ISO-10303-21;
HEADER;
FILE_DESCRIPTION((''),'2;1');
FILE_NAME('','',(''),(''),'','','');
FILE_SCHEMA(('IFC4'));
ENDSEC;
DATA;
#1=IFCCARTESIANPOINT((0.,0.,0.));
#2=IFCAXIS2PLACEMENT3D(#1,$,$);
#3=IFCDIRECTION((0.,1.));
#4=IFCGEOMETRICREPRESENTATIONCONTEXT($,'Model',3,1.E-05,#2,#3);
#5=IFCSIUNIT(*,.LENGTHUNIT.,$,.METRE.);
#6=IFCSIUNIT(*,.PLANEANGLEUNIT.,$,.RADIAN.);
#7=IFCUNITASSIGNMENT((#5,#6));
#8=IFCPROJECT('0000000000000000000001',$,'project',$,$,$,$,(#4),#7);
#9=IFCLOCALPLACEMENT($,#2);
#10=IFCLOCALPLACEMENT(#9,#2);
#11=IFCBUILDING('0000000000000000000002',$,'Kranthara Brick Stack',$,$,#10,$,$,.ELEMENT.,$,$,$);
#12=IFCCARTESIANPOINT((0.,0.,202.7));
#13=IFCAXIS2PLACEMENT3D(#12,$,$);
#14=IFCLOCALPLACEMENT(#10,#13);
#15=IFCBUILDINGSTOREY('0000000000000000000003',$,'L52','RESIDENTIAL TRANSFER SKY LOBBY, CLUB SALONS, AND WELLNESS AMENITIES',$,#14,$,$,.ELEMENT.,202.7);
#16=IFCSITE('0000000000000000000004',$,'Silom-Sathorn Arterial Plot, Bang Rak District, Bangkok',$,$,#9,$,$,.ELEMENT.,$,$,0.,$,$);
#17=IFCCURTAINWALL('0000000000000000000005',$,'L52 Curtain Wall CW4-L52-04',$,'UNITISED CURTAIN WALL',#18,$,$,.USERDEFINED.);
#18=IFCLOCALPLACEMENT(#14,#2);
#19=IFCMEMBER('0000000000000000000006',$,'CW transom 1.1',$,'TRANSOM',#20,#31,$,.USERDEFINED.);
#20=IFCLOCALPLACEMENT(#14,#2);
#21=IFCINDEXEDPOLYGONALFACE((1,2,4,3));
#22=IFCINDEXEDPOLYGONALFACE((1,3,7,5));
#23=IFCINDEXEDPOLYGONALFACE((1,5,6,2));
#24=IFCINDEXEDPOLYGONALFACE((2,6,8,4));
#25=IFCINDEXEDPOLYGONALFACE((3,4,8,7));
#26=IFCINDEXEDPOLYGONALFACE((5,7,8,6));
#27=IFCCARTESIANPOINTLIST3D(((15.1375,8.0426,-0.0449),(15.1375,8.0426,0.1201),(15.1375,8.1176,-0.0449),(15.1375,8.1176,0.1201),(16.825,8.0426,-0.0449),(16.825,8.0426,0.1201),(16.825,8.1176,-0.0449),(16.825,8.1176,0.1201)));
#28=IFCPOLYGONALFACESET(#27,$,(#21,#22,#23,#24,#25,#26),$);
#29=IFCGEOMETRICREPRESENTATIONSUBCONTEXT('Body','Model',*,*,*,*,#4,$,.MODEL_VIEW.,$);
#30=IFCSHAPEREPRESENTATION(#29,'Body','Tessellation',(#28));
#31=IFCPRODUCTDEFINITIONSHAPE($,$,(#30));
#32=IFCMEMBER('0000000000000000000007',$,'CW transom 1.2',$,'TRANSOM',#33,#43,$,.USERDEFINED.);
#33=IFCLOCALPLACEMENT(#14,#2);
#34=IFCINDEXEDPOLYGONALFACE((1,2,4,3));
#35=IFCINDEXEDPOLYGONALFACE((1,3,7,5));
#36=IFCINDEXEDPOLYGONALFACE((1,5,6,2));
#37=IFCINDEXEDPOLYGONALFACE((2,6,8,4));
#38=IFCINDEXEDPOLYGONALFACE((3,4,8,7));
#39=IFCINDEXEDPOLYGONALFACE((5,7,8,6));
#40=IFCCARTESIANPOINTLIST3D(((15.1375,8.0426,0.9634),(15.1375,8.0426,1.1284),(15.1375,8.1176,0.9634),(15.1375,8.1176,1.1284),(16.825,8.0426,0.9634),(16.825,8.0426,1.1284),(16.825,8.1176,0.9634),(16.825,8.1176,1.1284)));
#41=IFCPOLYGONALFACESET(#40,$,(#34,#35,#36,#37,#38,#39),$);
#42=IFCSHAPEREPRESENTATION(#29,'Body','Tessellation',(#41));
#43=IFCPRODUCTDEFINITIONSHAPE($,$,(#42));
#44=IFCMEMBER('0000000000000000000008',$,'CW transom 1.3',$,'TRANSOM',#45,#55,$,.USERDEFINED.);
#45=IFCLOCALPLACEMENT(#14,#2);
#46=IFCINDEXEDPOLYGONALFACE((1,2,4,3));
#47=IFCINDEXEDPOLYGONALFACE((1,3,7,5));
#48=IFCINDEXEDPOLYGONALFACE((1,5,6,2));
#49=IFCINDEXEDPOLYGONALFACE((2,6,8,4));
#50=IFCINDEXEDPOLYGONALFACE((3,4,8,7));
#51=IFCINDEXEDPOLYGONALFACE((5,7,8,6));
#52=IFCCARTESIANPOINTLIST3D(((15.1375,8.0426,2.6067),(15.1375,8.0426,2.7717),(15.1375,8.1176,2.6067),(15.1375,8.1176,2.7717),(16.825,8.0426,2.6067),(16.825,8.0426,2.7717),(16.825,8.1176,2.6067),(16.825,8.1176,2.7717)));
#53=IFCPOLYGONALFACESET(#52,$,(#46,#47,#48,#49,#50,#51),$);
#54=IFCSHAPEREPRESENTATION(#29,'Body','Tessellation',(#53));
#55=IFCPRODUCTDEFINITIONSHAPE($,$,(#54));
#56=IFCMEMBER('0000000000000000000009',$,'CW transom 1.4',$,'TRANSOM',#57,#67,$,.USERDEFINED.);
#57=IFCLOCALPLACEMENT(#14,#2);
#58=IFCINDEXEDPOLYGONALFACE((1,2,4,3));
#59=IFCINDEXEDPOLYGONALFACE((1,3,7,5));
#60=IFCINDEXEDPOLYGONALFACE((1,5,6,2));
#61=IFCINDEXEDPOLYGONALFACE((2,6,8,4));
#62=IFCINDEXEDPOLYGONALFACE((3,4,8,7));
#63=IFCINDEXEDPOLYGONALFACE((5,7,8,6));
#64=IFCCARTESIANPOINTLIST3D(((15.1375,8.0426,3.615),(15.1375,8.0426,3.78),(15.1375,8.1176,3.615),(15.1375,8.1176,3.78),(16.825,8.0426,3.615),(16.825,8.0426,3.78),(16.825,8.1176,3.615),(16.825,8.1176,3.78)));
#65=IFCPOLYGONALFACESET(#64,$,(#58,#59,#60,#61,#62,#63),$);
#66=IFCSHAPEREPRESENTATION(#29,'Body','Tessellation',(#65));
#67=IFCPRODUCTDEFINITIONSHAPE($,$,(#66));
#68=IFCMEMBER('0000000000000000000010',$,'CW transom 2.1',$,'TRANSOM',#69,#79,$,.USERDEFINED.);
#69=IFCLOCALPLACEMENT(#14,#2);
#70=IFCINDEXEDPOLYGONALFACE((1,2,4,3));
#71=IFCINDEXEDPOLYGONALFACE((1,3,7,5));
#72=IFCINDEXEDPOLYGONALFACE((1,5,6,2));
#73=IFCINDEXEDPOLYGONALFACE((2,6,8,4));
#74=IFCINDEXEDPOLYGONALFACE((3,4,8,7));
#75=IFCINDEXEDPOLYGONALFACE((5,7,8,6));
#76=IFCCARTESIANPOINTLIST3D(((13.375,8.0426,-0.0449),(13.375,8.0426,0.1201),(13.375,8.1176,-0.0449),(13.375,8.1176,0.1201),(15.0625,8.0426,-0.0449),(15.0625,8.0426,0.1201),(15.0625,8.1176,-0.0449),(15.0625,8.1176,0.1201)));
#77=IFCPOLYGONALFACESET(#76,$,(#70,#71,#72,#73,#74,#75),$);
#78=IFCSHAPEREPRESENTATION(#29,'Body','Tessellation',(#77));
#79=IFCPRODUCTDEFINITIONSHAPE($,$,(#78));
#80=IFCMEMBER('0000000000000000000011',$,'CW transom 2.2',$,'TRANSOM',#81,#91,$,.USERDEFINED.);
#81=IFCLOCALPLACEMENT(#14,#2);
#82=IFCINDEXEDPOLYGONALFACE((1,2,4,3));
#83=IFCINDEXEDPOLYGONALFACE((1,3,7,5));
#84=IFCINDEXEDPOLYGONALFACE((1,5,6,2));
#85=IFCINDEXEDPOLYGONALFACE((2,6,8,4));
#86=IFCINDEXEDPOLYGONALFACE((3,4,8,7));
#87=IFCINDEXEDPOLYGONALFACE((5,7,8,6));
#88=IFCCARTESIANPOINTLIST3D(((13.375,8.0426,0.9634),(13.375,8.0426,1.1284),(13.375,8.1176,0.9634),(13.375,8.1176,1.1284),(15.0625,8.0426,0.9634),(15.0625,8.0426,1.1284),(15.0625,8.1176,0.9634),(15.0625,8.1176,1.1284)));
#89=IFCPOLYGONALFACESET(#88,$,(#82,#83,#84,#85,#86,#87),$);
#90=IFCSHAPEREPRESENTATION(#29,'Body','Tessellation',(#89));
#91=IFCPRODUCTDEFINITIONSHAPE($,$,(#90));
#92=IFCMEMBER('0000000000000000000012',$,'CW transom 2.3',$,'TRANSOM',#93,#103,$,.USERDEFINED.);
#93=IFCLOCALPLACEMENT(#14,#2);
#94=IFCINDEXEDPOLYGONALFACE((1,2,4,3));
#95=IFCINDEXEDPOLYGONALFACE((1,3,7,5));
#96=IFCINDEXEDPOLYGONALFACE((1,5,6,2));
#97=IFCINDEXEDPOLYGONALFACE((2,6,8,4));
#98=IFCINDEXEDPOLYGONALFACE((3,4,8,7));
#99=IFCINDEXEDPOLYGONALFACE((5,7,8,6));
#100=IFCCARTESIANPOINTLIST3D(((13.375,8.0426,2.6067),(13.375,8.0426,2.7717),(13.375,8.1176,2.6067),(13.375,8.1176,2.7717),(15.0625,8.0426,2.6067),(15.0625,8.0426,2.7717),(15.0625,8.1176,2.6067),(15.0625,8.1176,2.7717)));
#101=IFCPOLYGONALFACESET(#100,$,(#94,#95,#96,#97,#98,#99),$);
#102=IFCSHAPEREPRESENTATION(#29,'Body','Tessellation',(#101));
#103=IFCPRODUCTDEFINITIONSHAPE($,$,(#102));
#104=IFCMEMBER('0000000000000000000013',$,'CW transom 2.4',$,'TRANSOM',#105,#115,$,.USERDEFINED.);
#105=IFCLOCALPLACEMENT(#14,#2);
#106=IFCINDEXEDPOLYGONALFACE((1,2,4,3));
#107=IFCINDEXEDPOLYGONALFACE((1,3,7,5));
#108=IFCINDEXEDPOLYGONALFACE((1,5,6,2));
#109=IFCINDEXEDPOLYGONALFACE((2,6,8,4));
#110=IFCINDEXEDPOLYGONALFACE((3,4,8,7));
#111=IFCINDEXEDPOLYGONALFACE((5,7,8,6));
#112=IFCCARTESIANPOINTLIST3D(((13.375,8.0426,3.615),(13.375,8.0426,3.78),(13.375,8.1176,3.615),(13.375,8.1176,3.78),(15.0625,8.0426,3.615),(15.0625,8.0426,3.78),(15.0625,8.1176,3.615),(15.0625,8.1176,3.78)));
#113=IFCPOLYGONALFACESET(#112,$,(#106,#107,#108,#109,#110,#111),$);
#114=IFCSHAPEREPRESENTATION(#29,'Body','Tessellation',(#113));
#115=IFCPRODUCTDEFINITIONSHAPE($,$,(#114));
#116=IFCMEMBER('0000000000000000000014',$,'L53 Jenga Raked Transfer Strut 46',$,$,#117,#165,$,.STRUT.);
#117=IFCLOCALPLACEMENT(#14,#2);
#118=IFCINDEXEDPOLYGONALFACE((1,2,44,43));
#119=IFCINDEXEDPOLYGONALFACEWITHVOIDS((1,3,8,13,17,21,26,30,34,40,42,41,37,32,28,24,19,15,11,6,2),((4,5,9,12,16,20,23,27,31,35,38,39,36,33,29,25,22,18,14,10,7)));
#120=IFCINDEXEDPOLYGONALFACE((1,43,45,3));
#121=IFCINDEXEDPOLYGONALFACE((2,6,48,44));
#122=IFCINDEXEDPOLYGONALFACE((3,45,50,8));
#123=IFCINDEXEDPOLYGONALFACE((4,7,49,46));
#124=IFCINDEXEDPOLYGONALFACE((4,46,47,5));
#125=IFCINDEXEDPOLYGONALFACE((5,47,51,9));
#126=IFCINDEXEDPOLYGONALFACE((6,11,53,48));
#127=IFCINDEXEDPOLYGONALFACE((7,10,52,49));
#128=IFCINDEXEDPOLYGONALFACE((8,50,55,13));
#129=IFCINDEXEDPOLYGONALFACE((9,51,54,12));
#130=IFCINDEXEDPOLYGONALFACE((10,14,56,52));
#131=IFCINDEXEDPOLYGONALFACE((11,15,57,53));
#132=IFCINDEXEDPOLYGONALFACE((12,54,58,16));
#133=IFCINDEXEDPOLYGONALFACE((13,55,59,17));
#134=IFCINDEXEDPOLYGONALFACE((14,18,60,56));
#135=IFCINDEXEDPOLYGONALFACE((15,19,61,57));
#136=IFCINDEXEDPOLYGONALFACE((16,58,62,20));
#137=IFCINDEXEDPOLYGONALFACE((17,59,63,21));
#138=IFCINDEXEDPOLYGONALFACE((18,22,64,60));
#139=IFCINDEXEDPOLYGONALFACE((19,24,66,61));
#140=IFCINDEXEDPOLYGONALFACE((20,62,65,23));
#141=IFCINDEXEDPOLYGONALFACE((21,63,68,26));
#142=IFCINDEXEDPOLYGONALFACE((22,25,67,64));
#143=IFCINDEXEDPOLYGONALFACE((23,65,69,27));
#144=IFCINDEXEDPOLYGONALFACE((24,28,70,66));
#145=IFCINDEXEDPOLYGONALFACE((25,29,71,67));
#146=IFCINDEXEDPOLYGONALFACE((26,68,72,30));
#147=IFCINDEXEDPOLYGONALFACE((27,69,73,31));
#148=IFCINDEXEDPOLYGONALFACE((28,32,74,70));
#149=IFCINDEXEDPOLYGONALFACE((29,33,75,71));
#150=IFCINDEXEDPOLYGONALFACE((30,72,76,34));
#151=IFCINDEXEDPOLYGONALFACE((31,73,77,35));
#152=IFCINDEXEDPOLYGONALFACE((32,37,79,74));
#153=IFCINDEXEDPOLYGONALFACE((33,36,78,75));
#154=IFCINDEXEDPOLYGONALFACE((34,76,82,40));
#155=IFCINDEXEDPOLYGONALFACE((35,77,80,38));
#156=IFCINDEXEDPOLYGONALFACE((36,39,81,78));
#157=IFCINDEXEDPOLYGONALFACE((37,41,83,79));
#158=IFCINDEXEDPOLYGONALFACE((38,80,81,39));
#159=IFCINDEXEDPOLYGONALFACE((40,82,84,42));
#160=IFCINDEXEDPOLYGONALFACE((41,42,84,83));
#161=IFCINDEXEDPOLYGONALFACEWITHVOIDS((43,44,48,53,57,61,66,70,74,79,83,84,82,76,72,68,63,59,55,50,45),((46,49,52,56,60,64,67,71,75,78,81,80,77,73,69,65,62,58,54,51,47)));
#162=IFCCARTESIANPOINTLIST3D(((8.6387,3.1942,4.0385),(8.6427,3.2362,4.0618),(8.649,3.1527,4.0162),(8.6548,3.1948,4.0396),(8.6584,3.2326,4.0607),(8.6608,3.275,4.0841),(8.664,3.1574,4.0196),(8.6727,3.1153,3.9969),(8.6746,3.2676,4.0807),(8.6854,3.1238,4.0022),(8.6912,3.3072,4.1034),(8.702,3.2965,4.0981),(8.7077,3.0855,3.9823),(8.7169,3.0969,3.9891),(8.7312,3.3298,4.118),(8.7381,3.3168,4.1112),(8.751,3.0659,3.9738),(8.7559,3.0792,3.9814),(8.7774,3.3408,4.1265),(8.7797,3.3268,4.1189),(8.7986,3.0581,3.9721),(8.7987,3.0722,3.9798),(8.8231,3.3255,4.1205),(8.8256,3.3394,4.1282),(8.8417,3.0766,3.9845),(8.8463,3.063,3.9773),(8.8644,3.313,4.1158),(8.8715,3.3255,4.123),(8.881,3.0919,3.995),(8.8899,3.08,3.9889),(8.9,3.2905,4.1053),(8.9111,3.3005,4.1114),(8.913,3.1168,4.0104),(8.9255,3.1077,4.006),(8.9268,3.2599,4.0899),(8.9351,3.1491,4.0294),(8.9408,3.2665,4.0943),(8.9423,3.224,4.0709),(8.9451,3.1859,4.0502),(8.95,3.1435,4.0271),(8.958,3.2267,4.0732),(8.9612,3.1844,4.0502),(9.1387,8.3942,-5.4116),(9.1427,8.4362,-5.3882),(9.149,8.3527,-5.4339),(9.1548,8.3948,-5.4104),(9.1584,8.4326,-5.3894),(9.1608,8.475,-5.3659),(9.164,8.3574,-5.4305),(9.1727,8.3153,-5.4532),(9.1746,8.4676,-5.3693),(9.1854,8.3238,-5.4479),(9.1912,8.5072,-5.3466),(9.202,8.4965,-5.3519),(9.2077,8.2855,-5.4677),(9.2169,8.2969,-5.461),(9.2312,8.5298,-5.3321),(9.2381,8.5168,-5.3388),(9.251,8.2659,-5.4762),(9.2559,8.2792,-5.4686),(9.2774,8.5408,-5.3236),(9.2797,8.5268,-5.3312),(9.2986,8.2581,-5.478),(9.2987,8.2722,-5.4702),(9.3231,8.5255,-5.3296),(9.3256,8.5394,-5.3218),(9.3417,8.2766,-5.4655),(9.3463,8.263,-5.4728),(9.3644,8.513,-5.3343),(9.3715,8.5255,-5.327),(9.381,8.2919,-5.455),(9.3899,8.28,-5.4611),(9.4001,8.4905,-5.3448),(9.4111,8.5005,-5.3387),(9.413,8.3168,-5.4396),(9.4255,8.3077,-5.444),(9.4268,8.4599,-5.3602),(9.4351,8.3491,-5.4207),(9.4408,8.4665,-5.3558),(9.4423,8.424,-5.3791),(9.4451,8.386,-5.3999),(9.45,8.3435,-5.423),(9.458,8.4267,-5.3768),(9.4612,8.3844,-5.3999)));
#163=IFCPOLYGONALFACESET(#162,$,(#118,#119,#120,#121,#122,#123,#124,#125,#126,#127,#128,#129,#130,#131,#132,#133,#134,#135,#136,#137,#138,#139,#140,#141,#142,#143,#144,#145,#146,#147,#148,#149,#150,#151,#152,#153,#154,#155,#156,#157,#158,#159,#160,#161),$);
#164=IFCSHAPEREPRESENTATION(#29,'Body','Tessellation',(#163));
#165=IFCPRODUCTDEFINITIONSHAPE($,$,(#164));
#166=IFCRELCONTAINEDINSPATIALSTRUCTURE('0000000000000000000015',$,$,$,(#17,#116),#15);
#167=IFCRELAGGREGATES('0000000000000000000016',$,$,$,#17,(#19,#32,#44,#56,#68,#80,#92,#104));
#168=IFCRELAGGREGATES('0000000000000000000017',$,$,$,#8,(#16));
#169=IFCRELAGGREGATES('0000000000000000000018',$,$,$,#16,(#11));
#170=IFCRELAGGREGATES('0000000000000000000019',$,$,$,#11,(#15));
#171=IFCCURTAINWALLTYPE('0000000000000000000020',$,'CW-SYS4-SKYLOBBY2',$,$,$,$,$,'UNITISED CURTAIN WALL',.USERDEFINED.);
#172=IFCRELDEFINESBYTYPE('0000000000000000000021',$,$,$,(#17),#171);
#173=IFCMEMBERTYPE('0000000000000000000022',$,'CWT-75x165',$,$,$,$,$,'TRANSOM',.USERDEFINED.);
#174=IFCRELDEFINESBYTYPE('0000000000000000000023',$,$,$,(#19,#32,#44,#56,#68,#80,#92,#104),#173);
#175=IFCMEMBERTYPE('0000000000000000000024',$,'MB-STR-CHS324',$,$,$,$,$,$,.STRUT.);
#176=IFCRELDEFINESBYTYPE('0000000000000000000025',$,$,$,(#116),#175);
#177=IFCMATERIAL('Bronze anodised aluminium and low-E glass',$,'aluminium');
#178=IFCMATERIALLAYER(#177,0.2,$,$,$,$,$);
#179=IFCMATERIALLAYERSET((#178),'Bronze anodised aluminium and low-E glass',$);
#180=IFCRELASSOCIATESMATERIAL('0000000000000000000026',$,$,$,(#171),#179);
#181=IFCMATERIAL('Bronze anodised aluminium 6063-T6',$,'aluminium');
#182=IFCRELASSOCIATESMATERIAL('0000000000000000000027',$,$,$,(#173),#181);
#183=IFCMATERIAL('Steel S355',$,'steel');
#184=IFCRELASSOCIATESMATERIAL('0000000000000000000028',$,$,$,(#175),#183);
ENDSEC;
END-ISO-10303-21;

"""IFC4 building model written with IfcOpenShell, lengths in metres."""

from ifc_helpers import new_model, si_unit, direction, frame, origin, origin_2d, place, context, subcontext, project, spatial, rectangle, hollow_circle, extrude, material, layer, layer_set, material_profile, profile_set, type_object, element, aggregate, save


model = new_model("IFC4")

# Units and contexts
model_context = context("Model", 3, precision=1e-05, world=origin(), true_north=direction((0.0, 1.0)))
body_context = subcontext(model_context, "Body", "Model", "MODEL_VIEW")
ifc_project = project(units=[si_unit("LENGTHUNIT", "METRE"), si_unit("PLANEANGLEUNIT", "RADIAN")], contexts=[model_context])

# Site, building, storey
site_placement = place(None, origin())
site = spatial("IfcSite", under=ifc_project, at=site_placement, Name="Silom-Sathorn Arterial Plot, Bang Rak District, Bangkok", CompositionType="ELEMENT", RefElevation=0.0)
building_placement = place(site_placement, origin())
building = spatial("IfcBuilding", under=site, at=building_placement, Name="Kranthara Brick Stack", CompositionType="ELEMENT")
storey_placement = place(building_placement, frame((0.0, 0.0, 202.7)))
storey = spatial("IfcBuildingStorey", under=building, at=storey_placement, Name="L52", Description="RESIDENTIAL TRANSFER SKY LOBBY, CLUB SALONS, AND WELLNESS AMENITIES", CompositionType="ELEMENT", Elevation=202.7)

# Shared definitions
ifc_material_1 = material(Name="Bronze anodised aluminium and low-E glass", Category="aluminium")
ifc_layer_1 = layer(ifc_material_1, 0.2)
ifc_layer_set_1 = layer_set([ifc_layer_1], Name="Bronze anodised aluminium and low-E glass")
curtain_wall_type = type_object("IfcCurtainWallType", Name="CW-SYS4-SKYLOBBY2", ElementType="UNITISED CURTAIN WALL", PredefinedType="USERDEFINED", material=ifc_layer_set_1)

# Curtain wall
curtain_wall_1_placement = place(storey_placement, origin())
curtain_wall_1 = element("IfcCurtainWall", 1, at=curtain_wall_1_placement, inside=storey, type_object=curtain_wall_type, Name="L52 Curtain Wall CW4-L52-04", ObjectType="UNITISED CURTAIN WALL", PredefinedType="USERDEFINED")

# Members
ifc_material_2 = material(Name="Bronze anodised aluminium 6063-T6", Category="aluminium")
ifc_material_profile_1 = material_profile(ifc_material_2, rectangle(XDim=0.075, YDim=0.165, at=origin_2d()), Name="ALU TRANSOM 75x165")
ifc_profile_set_1 = profile_set([ifc_material_profile_1], Name="Bronze anodised aluminium 6063-T6")
member_type_1 = type_object("IfcMemberType", Name="CWT-75x165", ElementType="TRANSOM", PredefinedType="USERDEFINED", material=ifc_profile_set_1)
member_1_placement = place(storey_placement, frame((16.825, 8.0801, 0.0376), z_axis=(-1.0, 0.0, 0.0), x_axis=(0.0, -1.0, 0.0)))
member_1 = element("IfcMember", 2, at=member_1_placement, type_object=member_type_1, Name="CW transom 1.1", ObjectType="TRANSOM", PredefinedType="USERDEFINED", context=body_context, shape_type="SweptSolid", body=[
    extrude(rectangle(XDim=0.075, YDim=0.165, at=origin_2d()), origin(), (0.0, 0.0, 1.0), 1.6875),
])
member_2_placement = place(storey_placement, frame((16.825, 8.0801, 1.0459), z_axis=(-1.0, 0.0, 0.0), x_axis=(0.0, -1.0, 0.0)))
member_2 = element("IfcMember", 3, at=member_2_placement, type_object=member_type_1, Name="CW transom 1.2", ObjectType="TRANSOM", PredefinedType="USERDEFINED", context=body_context, shape_type="SweptSolid", body=[
    extrude(rectangle(XDim=0.075, YDim=0.165, at=origin_2d()), origin(), (0.0, 0.0, 1.0), 1.6875),
])
member_3_placement = place(storey_placement, frame((16.825, 8.0801, 2.6892), z_axis=(-1.0, 0.0, 0.0), x_axis=(0.0, -1.0, 0.0)))
member_3 = element("IfcMember", 4, at=member_3_placement, type_object=member_type_1, Name="CW transom 1.3", ObjectType="TRANSOM", PredefinedType="USERDEFINED", context=body_context, shape_type="SweptSolid", body=[
    extrude(rectangle(XDim=0.075, YDim=0.165, at=origin_2d()), origin(), (0.0, 0.0, 1.0), 1.6875),
])
member_4_placement = place(storey_placement, frame((16.825, 8.0801, 3.6975), z_axis=(-1.0, 0.0, 0.0), x_axis=(0.0, -1.0, 0.0)))
member_4 = element("IfcMember", 5, at=member_4_placement, type_object=member_type_1, Name="CW transom 1.4", ObjectType="TRANSOM", PredefinedType="USERDEFINED", context=body_context, shape_type="SweptSolid", body=[
    extrude(rectangle(XDim=0.075, YDim=0.165, at=origin_2d()), origin(), (0.0, 0.0, 1.0), 1.6875),
])
member_5_placement = place(storey_placement, frame((15.0625, 8.0801, 0.0376), z_axis=(-1.0, 0.0, 0.0), x_axis=(0.0, -1.0, 0.0)))
member_5 = element("IfcMember", 6, at=member_5_placement, type_object=member_type_1, Name="CW transom 2.1", ObjectType="TRANSOM", PredefinedType="USERDEFINED", context=body_context, shape_type="SweptSolid", body=[
    extrude(rectangle(XDim=0.075, YDim=0.165, at=origin_2d()), origin(), (0.0, 0.0, 1.0), 1.6875),
])
member_6_placement = place(storey_placement, frame((15.0625, 8.0801, 1.0459), z_axis=(-1.0, 0.0, 0.0), x_axis=(0.0, -1.0, 0.0)))
member_6 = element("IfcMember", 7, at=member_6_placement, type_object=member_type_1, Name="CW transom 2.2", ObjectType="TRANSOM", PredefinedType="USERDEFINED", context=body_context, shape_type="SweptSolid", body=[
    extrude(rectangle(XDim=0.075, YDim=0.165, at=origin_2d()), origin(), (0.0, 0.0, 1.0), 1.6875),
])
member_7_placement = place(storey_placement, frame((15.0625, 8.0801, 2.6892), z_axis=(-1.0, 0.0, 0.0), x_axis=(0.0, -1.0, 0.0)))
member_7 = element("IfcMember", 8, at=member_7_placement, type_object=member_type_1, Name="CW transom 2.3", ObjectType="TRANSOM", PredefinedType="USERDEFINED", context=body_context, shape_type="SweptSolid", body=[
    extrude(rectangle(XDim=0.075, YDim=0.165, at=origin_2d()), origin(), (0.0, 0.0, 1.0), 1.6875),
])
member_8_placement = place(storey_placement, frame((15.0625, 8.0801, 3.6975), z_axis=(-1.0, 0.0, 0.0), x_axis=(0.0, -1.0, 0.0)))
member_8 = element("IfcMember", 9, at=member_8_placement, type_object=member_type_1, Name="CW transom 2.4", ObjectType="TRANSOM", PredefinedType="USERDEFINED", context=body_context, shape_type="SweptSolid", body=[
    extrude(rectangle(XDim=0.075, YDim=0.165, at=origin_2d()), origin(), (0.0, 0.0, 1.0), 1.6875),
])

# Member
ifc_material_3 = material(Name="Steel S355", Category="steel")
ifc_material_profile_2 = material_profile(ifc_material_3, hollow_circle(Radius=0.1619, WallThickness=0.0161, at=origin_2d()), Name="CHS 323.9x16")
ifc_profile_set_2 = profile_set([ifc_material_profile_2], Name="Steel S355")
member_type_2 = type_object("IfcMemberType", Name="MB-STR-CHS324", PredefinedType="STRUT", material=ifc_profile_set_2)
member_9_placement = place(storey_placement, frame((9.3, 8.3999, -5.3999), z_axis=(-0.046306, -0.481578, 0.875179), x_axis=(0.995409, -0.095713, 0.0)))
element("IfcMember", 10, at=member_9_placement, inside=storey, type_object=member_type_2, Name="L53 Jenga Raked Transfer Strut 46", PredefinedType="STRUT", context=body_context, shape_type="SweptSolid", body=[
    extrude(hollow_circle(Radius=0.1619, WallThickness=0.0161, at=origin_2d()), origin(), (0.0, 0.0, 1.0), 10.7979),
])

aggregate(curtain_wall_1, [member_1, member_2, member_3, member_4, member_5, member_6, member_7, member_8])

save(model, "model.ifc")
